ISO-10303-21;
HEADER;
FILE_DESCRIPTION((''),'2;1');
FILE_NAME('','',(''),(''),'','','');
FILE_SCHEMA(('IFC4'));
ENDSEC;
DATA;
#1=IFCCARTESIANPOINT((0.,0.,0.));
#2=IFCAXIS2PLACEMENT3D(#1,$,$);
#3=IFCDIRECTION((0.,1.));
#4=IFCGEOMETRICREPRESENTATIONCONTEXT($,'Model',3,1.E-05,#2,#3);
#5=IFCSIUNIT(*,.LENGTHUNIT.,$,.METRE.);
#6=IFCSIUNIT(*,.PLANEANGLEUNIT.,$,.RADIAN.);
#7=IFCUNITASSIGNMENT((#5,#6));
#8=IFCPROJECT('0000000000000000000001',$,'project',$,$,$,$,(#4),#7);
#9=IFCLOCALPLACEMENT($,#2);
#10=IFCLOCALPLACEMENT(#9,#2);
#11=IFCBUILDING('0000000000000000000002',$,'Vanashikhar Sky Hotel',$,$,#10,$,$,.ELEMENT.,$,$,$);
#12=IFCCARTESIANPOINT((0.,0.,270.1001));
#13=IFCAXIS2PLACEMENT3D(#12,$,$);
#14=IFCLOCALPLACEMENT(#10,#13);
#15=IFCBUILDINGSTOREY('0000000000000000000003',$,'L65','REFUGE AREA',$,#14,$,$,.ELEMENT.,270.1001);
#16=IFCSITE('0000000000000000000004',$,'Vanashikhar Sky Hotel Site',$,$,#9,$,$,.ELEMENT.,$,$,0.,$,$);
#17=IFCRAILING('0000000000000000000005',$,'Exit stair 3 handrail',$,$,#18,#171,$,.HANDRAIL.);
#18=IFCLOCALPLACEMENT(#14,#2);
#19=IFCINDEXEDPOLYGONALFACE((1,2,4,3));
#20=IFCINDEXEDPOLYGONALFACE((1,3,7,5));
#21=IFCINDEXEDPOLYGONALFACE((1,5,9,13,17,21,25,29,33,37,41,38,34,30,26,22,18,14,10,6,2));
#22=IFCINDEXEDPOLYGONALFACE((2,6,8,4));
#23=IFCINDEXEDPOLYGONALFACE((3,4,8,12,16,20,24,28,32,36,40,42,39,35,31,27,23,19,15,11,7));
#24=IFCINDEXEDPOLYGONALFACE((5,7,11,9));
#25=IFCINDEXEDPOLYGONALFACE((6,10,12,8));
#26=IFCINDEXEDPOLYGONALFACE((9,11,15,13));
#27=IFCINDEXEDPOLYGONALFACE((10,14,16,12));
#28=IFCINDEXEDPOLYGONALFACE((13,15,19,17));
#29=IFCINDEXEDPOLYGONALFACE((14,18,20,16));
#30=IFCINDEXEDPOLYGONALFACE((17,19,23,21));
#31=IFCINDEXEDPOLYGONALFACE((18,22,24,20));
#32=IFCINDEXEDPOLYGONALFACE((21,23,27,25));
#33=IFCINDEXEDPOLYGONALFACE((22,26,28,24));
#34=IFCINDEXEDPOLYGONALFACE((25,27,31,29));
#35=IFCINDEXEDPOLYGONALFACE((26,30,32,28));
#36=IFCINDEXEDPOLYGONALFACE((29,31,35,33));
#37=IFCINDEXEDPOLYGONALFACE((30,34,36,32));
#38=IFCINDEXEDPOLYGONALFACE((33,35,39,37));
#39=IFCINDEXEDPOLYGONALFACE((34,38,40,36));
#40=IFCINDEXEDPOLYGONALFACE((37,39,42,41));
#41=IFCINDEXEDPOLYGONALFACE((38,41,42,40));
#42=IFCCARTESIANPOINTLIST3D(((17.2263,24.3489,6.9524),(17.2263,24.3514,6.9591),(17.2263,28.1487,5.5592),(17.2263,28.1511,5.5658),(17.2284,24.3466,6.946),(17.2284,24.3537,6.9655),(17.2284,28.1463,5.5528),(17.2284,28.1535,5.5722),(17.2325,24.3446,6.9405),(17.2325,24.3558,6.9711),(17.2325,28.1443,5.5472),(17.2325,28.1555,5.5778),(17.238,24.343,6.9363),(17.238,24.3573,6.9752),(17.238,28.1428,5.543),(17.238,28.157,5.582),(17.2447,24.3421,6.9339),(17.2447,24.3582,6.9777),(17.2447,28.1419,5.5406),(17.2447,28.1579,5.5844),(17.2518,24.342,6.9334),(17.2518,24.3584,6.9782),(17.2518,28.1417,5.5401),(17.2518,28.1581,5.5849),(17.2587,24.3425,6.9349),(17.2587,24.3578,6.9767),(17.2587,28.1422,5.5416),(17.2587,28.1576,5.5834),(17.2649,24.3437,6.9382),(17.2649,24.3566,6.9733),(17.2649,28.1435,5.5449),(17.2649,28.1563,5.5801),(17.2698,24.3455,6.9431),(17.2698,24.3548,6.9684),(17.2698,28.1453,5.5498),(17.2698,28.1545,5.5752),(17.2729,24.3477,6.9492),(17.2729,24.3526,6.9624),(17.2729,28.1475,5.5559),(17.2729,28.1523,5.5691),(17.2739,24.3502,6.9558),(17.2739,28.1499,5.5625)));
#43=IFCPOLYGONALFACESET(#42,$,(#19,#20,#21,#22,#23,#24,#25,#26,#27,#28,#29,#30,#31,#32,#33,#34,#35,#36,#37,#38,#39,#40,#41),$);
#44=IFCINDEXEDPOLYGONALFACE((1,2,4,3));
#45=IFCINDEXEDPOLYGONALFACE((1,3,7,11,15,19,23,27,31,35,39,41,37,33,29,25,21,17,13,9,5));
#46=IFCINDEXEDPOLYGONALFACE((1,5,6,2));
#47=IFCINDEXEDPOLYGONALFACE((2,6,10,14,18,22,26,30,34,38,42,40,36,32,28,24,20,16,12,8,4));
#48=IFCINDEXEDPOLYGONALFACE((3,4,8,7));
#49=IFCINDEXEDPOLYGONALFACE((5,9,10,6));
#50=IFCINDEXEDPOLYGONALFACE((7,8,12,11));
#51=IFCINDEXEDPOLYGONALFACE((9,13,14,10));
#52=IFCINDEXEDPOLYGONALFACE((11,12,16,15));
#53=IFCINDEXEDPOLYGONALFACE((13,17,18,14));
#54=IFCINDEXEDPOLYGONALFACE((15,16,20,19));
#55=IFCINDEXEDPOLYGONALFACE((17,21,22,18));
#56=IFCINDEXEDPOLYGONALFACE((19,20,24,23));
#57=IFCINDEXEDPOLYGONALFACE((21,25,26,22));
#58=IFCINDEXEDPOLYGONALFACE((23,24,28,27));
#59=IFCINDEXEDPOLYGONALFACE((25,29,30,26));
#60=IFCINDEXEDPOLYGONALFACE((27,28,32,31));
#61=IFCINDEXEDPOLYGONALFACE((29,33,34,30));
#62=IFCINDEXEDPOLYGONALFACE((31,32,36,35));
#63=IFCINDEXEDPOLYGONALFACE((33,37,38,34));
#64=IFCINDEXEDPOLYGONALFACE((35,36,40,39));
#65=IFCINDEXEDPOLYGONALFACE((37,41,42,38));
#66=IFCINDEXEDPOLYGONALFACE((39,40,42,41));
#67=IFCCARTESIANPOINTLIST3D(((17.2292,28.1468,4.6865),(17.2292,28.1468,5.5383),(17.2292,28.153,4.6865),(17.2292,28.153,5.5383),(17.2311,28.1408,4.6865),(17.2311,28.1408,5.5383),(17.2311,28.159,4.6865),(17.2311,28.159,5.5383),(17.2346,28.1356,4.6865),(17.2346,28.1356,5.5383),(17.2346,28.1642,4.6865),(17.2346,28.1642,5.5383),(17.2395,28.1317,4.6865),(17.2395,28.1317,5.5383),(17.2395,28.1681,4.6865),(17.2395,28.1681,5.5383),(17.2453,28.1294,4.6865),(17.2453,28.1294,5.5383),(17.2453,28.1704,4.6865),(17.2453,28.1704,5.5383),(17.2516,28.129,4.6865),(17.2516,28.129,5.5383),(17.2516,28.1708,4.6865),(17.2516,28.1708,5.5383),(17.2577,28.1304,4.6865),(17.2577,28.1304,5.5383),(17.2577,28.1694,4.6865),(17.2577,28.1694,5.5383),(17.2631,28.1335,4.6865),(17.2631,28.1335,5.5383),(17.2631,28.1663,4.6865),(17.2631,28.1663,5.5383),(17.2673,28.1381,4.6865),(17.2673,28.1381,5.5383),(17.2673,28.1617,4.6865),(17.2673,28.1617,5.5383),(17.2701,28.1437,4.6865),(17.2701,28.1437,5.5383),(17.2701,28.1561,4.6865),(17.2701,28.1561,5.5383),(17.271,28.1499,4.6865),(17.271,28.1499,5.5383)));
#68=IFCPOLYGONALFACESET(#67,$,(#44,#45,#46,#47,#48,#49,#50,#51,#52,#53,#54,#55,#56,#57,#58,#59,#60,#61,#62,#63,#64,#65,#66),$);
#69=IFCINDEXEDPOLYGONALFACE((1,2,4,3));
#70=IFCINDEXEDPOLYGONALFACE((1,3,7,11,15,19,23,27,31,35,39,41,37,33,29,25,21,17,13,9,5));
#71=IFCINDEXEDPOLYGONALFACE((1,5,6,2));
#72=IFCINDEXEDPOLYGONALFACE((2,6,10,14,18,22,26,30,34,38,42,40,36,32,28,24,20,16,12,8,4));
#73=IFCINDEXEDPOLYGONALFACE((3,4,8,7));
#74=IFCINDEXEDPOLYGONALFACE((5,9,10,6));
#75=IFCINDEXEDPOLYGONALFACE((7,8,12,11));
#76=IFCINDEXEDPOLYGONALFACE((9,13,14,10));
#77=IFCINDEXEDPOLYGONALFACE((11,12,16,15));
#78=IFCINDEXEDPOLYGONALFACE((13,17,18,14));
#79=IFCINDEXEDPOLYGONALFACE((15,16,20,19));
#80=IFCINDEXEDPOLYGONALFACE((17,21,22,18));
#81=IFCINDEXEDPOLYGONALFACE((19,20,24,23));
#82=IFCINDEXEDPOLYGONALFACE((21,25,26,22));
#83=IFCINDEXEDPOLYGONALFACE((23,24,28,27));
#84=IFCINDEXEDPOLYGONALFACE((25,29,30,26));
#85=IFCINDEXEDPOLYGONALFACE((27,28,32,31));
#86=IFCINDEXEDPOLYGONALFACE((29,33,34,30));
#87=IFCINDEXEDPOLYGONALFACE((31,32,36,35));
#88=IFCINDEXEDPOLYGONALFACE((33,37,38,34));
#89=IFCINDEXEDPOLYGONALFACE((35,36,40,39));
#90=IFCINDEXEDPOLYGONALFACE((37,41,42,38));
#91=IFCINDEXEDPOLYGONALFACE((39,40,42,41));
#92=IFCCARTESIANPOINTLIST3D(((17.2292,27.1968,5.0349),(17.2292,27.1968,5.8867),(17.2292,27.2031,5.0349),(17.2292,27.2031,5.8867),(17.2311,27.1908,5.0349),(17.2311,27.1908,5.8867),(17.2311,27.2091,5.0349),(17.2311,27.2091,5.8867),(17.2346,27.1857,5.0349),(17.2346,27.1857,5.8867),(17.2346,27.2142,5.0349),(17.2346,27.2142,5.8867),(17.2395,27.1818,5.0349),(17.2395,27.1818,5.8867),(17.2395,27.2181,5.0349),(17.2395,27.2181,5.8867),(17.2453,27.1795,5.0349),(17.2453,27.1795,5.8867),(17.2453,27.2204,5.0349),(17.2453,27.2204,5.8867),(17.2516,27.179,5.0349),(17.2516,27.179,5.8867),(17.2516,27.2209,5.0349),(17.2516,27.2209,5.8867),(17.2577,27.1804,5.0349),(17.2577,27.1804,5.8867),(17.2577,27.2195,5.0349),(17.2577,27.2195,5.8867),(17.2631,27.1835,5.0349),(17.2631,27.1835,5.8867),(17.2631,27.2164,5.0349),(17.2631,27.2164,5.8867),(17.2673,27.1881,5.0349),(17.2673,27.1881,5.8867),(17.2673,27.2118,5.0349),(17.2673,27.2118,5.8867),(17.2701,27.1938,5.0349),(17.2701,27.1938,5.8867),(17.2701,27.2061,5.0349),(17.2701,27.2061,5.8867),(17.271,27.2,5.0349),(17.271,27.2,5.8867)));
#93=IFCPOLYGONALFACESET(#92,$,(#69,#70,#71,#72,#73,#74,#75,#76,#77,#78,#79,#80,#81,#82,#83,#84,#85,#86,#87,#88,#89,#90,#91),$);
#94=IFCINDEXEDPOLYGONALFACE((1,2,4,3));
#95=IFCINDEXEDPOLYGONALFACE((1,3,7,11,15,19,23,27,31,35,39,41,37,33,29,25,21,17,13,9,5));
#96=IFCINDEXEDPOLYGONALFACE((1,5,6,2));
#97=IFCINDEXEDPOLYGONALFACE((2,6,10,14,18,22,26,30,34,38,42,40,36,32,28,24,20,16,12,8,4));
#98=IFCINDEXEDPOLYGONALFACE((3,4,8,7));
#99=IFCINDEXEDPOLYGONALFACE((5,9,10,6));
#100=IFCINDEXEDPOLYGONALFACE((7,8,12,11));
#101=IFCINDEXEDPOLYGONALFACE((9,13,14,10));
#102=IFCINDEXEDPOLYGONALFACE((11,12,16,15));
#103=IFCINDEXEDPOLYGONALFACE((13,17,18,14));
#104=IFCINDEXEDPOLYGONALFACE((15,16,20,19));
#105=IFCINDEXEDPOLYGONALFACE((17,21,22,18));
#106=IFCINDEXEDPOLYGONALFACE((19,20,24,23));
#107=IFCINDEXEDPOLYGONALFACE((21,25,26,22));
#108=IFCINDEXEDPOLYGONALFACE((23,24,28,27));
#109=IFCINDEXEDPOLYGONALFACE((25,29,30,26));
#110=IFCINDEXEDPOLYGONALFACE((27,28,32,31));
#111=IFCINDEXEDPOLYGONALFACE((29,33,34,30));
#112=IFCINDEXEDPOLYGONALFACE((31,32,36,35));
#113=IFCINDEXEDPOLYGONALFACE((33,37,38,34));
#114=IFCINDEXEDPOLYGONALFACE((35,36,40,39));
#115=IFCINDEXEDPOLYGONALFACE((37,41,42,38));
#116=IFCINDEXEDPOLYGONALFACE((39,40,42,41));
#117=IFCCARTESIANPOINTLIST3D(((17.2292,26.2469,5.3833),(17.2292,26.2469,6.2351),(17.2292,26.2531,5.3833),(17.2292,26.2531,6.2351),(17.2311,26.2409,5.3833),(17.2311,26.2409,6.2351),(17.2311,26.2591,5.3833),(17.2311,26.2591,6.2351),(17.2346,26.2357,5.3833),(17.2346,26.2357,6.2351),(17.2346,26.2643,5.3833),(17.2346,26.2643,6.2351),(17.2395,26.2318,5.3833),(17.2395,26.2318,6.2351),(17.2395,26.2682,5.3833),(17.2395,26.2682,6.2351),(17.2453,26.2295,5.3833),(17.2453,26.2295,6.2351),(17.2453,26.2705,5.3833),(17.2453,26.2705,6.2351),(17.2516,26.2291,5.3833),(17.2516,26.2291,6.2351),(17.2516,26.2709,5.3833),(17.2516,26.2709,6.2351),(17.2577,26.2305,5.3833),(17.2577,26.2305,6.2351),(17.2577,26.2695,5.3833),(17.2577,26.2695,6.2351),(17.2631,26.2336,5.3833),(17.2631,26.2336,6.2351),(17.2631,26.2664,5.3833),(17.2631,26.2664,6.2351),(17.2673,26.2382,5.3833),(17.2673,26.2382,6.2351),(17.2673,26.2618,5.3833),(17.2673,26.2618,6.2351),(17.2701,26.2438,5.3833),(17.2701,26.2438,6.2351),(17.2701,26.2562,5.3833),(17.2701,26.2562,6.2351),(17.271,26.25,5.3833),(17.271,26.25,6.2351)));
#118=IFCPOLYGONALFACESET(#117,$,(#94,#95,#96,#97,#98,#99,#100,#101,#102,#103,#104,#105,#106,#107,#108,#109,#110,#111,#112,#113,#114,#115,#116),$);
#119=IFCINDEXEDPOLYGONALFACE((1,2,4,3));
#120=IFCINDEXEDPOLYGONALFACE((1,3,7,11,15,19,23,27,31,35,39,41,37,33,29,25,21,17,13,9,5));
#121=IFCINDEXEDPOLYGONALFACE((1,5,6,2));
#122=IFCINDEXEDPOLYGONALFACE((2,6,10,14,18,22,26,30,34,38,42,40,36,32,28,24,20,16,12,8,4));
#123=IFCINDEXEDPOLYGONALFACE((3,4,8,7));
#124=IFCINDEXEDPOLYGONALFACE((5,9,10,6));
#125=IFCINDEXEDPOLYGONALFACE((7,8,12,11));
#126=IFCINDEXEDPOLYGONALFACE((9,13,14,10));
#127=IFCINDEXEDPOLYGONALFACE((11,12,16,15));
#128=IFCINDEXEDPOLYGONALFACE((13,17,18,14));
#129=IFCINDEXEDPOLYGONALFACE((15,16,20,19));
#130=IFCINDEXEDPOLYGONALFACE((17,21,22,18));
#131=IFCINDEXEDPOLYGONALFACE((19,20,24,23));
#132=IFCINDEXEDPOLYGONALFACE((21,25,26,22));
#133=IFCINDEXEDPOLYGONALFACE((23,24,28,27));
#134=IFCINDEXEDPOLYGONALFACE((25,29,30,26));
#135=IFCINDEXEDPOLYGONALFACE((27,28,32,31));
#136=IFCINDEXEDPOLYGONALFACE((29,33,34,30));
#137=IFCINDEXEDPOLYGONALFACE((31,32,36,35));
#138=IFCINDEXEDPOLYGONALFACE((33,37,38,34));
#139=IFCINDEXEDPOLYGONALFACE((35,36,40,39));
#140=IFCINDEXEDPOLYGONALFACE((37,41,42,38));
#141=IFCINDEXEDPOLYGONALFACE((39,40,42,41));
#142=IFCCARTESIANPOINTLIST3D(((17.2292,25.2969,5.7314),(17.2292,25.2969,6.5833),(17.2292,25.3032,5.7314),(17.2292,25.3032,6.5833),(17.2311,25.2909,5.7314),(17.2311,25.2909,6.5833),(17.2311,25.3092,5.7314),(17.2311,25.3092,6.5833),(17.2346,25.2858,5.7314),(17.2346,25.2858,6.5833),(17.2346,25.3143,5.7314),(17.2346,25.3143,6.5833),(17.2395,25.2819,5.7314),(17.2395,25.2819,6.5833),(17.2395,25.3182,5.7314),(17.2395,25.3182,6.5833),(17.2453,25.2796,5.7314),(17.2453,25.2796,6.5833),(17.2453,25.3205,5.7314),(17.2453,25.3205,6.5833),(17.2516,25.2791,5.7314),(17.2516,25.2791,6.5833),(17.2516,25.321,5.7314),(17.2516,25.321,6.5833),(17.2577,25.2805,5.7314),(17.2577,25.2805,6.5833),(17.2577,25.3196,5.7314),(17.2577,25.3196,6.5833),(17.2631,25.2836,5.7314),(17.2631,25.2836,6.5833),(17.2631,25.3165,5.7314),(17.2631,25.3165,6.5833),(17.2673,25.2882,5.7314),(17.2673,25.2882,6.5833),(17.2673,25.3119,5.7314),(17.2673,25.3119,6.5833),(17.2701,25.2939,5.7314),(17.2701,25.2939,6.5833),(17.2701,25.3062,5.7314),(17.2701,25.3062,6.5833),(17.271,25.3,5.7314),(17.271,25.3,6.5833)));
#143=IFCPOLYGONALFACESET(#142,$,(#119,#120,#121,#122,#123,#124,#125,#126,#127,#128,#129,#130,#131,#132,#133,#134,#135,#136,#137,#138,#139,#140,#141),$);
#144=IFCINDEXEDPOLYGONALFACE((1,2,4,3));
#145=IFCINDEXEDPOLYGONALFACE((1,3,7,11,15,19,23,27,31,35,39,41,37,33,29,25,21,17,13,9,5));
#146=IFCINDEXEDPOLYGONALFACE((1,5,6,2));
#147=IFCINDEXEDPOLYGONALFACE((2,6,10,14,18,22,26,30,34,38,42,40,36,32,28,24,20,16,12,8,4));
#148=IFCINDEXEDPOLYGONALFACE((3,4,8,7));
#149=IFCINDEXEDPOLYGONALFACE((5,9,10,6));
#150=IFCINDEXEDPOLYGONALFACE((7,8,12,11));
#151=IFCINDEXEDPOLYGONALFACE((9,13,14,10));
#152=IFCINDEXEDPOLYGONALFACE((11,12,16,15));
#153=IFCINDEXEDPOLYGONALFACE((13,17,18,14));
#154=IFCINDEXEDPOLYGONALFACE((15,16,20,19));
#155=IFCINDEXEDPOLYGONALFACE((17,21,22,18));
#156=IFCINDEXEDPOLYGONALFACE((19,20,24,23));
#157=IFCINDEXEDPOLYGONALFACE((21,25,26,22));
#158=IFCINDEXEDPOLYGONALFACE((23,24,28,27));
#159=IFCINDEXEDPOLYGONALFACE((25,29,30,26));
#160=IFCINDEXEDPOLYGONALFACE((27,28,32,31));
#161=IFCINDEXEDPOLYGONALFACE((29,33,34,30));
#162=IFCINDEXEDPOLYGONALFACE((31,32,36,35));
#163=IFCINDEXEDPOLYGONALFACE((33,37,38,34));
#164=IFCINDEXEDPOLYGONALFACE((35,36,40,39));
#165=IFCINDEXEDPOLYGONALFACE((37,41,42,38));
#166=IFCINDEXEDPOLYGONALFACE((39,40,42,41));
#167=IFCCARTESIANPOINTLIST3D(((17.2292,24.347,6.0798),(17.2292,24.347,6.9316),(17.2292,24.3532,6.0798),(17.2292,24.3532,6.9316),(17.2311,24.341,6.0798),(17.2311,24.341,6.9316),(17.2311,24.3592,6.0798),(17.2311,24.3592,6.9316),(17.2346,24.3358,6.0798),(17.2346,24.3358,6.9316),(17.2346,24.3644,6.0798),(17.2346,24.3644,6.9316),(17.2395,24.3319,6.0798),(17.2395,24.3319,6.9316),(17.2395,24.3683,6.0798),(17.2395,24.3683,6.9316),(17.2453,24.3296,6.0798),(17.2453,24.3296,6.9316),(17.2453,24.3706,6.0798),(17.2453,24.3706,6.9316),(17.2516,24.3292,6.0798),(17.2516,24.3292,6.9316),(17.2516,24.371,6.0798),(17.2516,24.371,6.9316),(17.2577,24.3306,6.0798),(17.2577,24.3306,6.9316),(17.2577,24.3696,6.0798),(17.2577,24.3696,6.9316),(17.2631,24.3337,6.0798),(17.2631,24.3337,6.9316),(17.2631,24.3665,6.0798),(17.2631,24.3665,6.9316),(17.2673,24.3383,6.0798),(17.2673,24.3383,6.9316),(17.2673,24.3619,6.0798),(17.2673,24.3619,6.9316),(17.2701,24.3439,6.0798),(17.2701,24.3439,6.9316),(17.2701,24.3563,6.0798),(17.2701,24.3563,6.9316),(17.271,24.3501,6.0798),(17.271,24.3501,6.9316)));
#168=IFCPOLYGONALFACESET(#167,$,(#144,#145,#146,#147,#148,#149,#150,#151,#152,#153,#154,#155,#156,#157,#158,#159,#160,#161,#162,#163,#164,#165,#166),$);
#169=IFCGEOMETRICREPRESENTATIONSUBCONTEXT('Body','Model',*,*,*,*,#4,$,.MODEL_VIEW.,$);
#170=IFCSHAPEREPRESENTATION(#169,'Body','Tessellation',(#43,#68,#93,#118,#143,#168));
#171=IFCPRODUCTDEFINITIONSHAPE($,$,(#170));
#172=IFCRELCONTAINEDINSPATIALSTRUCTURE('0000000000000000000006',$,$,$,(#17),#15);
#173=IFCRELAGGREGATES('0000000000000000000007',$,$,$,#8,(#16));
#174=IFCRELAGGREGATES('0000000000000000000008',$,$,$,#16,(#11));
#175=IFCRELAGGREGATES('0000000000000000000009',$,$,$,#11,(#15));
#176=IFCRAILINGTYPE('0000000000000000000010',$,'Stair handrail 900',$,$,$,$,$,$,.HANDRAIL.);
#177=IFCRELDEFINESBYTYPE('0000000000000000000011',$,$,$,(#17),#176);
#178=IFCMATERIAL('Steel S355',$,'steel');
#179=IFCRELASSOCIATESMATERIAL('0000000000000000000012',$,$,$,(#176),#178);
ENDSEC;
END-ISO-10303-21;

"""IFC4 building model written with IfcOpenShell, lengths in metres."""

from ifc_helpers import new_model, si_unit, direction, frame, origin, origin_2d, place, context, subcontext, project, spatial, circle, extrude, source, transform, mapped, material, type_object, element, save


model = new_model("IFC4")

# Units and contexts
model_context = context("Model", 3, precision=1e-05, world=origin(), true_north=direction((0.0, 1.0)))
body_context = subcontext(model_context, "Body", "Model", "MODEL_VIEW")
ifc_project = project(units=[si_unit("LENGTHUNIT", "METRE"), si_unit("PLANEANGLEUNIT", "RADIAN")], contexts=[model_context])

# Site, building, storey
site_placement = place(None, origin())
site = spatial("IfcSite", under=ifc_project, at=site_placement, Name="Vanashikhar Sky Hotel Site", CompositionType="ELEMENT", RefElevation=0.0)
building_placement = place(site_placement, origin())
building = spatial("IfcBuilding", under=site, at=building_placement, Name="Vanashikhar Sky Hotel", CompositionType="ELEMENT")
storey_placement = place(building_placement, frame((0.0, 0.0, 270.1001)))
storey = spatial("IfcBuildingStorey", under=building, at=storey_placement, Name="L65", Description="REFUGE AREA", CompositionType="ELEMENT", Elevation=270.1001)

# Railing
ifc_material_1 = material(Name="Steel S355", Category="steel")
railing_type_1 = type_object("IfcRailingType", Name="Stair handrail 900", PredefinedType="HANDRAIL", material=ifc_material_1)
shared_shape_1 = source(origin(), body_context, "Body", "SweptSolid", [
    extrude(circle(Radius=0.0239, at=origin_2d()), frame((0.0, 0.0, 0.876), z_axis=(0.0, -0.938872, 0.344265), x_axis=(1.0, 0.0, 0.0)), (0.0, 0.0, 1.0), 4.0471),
    extrude(circle(Radius=0.021, at=origin_2d()), origin(), (0.0, 0.0, 1.0), 0.8518),
    extrude(circle(Radius=0.021, at=origin_2d()), frame((0.0, -0.95, 0.3484)), (0.0, 0.0, 1.0), 0.8518),
    extrude(circle(Radius=0.021, at=origin_2d()), frame((0.0, -1.8999, 0.6968)), (0.0, 0.0, 1.0), 0.8518),
    extrude(circle(Radius=0.021, at=origin_2d()), frame((0.0, -2.8499, 1.0449)), (0.0, 0.0, 1.0), 0.8518),
    extrude(circle(Radius=0.021, at=origin_2d()), frame((0.0, -3.7998, 1.3933)), (0.0, 0.0, 1.0), 0.8518),
])
for number, where, name in (
    (1, (17.25, 28.1499, 4.6865), "Exit stair 3 handrail"),
):
    element("IfcRailing", number, at=place(storey_placement, frame(where)), inside=storey, type_object=railing_type_1, Name=name, PredefinedType="HANDRAIL", context=body_context, shape_type="MappedRepresentation", body=[
        mapped(shared_shape_1, transform((0.0, 0.0, 0.0), scale=1.0)),
    ])

save(model, "model.ifc")
